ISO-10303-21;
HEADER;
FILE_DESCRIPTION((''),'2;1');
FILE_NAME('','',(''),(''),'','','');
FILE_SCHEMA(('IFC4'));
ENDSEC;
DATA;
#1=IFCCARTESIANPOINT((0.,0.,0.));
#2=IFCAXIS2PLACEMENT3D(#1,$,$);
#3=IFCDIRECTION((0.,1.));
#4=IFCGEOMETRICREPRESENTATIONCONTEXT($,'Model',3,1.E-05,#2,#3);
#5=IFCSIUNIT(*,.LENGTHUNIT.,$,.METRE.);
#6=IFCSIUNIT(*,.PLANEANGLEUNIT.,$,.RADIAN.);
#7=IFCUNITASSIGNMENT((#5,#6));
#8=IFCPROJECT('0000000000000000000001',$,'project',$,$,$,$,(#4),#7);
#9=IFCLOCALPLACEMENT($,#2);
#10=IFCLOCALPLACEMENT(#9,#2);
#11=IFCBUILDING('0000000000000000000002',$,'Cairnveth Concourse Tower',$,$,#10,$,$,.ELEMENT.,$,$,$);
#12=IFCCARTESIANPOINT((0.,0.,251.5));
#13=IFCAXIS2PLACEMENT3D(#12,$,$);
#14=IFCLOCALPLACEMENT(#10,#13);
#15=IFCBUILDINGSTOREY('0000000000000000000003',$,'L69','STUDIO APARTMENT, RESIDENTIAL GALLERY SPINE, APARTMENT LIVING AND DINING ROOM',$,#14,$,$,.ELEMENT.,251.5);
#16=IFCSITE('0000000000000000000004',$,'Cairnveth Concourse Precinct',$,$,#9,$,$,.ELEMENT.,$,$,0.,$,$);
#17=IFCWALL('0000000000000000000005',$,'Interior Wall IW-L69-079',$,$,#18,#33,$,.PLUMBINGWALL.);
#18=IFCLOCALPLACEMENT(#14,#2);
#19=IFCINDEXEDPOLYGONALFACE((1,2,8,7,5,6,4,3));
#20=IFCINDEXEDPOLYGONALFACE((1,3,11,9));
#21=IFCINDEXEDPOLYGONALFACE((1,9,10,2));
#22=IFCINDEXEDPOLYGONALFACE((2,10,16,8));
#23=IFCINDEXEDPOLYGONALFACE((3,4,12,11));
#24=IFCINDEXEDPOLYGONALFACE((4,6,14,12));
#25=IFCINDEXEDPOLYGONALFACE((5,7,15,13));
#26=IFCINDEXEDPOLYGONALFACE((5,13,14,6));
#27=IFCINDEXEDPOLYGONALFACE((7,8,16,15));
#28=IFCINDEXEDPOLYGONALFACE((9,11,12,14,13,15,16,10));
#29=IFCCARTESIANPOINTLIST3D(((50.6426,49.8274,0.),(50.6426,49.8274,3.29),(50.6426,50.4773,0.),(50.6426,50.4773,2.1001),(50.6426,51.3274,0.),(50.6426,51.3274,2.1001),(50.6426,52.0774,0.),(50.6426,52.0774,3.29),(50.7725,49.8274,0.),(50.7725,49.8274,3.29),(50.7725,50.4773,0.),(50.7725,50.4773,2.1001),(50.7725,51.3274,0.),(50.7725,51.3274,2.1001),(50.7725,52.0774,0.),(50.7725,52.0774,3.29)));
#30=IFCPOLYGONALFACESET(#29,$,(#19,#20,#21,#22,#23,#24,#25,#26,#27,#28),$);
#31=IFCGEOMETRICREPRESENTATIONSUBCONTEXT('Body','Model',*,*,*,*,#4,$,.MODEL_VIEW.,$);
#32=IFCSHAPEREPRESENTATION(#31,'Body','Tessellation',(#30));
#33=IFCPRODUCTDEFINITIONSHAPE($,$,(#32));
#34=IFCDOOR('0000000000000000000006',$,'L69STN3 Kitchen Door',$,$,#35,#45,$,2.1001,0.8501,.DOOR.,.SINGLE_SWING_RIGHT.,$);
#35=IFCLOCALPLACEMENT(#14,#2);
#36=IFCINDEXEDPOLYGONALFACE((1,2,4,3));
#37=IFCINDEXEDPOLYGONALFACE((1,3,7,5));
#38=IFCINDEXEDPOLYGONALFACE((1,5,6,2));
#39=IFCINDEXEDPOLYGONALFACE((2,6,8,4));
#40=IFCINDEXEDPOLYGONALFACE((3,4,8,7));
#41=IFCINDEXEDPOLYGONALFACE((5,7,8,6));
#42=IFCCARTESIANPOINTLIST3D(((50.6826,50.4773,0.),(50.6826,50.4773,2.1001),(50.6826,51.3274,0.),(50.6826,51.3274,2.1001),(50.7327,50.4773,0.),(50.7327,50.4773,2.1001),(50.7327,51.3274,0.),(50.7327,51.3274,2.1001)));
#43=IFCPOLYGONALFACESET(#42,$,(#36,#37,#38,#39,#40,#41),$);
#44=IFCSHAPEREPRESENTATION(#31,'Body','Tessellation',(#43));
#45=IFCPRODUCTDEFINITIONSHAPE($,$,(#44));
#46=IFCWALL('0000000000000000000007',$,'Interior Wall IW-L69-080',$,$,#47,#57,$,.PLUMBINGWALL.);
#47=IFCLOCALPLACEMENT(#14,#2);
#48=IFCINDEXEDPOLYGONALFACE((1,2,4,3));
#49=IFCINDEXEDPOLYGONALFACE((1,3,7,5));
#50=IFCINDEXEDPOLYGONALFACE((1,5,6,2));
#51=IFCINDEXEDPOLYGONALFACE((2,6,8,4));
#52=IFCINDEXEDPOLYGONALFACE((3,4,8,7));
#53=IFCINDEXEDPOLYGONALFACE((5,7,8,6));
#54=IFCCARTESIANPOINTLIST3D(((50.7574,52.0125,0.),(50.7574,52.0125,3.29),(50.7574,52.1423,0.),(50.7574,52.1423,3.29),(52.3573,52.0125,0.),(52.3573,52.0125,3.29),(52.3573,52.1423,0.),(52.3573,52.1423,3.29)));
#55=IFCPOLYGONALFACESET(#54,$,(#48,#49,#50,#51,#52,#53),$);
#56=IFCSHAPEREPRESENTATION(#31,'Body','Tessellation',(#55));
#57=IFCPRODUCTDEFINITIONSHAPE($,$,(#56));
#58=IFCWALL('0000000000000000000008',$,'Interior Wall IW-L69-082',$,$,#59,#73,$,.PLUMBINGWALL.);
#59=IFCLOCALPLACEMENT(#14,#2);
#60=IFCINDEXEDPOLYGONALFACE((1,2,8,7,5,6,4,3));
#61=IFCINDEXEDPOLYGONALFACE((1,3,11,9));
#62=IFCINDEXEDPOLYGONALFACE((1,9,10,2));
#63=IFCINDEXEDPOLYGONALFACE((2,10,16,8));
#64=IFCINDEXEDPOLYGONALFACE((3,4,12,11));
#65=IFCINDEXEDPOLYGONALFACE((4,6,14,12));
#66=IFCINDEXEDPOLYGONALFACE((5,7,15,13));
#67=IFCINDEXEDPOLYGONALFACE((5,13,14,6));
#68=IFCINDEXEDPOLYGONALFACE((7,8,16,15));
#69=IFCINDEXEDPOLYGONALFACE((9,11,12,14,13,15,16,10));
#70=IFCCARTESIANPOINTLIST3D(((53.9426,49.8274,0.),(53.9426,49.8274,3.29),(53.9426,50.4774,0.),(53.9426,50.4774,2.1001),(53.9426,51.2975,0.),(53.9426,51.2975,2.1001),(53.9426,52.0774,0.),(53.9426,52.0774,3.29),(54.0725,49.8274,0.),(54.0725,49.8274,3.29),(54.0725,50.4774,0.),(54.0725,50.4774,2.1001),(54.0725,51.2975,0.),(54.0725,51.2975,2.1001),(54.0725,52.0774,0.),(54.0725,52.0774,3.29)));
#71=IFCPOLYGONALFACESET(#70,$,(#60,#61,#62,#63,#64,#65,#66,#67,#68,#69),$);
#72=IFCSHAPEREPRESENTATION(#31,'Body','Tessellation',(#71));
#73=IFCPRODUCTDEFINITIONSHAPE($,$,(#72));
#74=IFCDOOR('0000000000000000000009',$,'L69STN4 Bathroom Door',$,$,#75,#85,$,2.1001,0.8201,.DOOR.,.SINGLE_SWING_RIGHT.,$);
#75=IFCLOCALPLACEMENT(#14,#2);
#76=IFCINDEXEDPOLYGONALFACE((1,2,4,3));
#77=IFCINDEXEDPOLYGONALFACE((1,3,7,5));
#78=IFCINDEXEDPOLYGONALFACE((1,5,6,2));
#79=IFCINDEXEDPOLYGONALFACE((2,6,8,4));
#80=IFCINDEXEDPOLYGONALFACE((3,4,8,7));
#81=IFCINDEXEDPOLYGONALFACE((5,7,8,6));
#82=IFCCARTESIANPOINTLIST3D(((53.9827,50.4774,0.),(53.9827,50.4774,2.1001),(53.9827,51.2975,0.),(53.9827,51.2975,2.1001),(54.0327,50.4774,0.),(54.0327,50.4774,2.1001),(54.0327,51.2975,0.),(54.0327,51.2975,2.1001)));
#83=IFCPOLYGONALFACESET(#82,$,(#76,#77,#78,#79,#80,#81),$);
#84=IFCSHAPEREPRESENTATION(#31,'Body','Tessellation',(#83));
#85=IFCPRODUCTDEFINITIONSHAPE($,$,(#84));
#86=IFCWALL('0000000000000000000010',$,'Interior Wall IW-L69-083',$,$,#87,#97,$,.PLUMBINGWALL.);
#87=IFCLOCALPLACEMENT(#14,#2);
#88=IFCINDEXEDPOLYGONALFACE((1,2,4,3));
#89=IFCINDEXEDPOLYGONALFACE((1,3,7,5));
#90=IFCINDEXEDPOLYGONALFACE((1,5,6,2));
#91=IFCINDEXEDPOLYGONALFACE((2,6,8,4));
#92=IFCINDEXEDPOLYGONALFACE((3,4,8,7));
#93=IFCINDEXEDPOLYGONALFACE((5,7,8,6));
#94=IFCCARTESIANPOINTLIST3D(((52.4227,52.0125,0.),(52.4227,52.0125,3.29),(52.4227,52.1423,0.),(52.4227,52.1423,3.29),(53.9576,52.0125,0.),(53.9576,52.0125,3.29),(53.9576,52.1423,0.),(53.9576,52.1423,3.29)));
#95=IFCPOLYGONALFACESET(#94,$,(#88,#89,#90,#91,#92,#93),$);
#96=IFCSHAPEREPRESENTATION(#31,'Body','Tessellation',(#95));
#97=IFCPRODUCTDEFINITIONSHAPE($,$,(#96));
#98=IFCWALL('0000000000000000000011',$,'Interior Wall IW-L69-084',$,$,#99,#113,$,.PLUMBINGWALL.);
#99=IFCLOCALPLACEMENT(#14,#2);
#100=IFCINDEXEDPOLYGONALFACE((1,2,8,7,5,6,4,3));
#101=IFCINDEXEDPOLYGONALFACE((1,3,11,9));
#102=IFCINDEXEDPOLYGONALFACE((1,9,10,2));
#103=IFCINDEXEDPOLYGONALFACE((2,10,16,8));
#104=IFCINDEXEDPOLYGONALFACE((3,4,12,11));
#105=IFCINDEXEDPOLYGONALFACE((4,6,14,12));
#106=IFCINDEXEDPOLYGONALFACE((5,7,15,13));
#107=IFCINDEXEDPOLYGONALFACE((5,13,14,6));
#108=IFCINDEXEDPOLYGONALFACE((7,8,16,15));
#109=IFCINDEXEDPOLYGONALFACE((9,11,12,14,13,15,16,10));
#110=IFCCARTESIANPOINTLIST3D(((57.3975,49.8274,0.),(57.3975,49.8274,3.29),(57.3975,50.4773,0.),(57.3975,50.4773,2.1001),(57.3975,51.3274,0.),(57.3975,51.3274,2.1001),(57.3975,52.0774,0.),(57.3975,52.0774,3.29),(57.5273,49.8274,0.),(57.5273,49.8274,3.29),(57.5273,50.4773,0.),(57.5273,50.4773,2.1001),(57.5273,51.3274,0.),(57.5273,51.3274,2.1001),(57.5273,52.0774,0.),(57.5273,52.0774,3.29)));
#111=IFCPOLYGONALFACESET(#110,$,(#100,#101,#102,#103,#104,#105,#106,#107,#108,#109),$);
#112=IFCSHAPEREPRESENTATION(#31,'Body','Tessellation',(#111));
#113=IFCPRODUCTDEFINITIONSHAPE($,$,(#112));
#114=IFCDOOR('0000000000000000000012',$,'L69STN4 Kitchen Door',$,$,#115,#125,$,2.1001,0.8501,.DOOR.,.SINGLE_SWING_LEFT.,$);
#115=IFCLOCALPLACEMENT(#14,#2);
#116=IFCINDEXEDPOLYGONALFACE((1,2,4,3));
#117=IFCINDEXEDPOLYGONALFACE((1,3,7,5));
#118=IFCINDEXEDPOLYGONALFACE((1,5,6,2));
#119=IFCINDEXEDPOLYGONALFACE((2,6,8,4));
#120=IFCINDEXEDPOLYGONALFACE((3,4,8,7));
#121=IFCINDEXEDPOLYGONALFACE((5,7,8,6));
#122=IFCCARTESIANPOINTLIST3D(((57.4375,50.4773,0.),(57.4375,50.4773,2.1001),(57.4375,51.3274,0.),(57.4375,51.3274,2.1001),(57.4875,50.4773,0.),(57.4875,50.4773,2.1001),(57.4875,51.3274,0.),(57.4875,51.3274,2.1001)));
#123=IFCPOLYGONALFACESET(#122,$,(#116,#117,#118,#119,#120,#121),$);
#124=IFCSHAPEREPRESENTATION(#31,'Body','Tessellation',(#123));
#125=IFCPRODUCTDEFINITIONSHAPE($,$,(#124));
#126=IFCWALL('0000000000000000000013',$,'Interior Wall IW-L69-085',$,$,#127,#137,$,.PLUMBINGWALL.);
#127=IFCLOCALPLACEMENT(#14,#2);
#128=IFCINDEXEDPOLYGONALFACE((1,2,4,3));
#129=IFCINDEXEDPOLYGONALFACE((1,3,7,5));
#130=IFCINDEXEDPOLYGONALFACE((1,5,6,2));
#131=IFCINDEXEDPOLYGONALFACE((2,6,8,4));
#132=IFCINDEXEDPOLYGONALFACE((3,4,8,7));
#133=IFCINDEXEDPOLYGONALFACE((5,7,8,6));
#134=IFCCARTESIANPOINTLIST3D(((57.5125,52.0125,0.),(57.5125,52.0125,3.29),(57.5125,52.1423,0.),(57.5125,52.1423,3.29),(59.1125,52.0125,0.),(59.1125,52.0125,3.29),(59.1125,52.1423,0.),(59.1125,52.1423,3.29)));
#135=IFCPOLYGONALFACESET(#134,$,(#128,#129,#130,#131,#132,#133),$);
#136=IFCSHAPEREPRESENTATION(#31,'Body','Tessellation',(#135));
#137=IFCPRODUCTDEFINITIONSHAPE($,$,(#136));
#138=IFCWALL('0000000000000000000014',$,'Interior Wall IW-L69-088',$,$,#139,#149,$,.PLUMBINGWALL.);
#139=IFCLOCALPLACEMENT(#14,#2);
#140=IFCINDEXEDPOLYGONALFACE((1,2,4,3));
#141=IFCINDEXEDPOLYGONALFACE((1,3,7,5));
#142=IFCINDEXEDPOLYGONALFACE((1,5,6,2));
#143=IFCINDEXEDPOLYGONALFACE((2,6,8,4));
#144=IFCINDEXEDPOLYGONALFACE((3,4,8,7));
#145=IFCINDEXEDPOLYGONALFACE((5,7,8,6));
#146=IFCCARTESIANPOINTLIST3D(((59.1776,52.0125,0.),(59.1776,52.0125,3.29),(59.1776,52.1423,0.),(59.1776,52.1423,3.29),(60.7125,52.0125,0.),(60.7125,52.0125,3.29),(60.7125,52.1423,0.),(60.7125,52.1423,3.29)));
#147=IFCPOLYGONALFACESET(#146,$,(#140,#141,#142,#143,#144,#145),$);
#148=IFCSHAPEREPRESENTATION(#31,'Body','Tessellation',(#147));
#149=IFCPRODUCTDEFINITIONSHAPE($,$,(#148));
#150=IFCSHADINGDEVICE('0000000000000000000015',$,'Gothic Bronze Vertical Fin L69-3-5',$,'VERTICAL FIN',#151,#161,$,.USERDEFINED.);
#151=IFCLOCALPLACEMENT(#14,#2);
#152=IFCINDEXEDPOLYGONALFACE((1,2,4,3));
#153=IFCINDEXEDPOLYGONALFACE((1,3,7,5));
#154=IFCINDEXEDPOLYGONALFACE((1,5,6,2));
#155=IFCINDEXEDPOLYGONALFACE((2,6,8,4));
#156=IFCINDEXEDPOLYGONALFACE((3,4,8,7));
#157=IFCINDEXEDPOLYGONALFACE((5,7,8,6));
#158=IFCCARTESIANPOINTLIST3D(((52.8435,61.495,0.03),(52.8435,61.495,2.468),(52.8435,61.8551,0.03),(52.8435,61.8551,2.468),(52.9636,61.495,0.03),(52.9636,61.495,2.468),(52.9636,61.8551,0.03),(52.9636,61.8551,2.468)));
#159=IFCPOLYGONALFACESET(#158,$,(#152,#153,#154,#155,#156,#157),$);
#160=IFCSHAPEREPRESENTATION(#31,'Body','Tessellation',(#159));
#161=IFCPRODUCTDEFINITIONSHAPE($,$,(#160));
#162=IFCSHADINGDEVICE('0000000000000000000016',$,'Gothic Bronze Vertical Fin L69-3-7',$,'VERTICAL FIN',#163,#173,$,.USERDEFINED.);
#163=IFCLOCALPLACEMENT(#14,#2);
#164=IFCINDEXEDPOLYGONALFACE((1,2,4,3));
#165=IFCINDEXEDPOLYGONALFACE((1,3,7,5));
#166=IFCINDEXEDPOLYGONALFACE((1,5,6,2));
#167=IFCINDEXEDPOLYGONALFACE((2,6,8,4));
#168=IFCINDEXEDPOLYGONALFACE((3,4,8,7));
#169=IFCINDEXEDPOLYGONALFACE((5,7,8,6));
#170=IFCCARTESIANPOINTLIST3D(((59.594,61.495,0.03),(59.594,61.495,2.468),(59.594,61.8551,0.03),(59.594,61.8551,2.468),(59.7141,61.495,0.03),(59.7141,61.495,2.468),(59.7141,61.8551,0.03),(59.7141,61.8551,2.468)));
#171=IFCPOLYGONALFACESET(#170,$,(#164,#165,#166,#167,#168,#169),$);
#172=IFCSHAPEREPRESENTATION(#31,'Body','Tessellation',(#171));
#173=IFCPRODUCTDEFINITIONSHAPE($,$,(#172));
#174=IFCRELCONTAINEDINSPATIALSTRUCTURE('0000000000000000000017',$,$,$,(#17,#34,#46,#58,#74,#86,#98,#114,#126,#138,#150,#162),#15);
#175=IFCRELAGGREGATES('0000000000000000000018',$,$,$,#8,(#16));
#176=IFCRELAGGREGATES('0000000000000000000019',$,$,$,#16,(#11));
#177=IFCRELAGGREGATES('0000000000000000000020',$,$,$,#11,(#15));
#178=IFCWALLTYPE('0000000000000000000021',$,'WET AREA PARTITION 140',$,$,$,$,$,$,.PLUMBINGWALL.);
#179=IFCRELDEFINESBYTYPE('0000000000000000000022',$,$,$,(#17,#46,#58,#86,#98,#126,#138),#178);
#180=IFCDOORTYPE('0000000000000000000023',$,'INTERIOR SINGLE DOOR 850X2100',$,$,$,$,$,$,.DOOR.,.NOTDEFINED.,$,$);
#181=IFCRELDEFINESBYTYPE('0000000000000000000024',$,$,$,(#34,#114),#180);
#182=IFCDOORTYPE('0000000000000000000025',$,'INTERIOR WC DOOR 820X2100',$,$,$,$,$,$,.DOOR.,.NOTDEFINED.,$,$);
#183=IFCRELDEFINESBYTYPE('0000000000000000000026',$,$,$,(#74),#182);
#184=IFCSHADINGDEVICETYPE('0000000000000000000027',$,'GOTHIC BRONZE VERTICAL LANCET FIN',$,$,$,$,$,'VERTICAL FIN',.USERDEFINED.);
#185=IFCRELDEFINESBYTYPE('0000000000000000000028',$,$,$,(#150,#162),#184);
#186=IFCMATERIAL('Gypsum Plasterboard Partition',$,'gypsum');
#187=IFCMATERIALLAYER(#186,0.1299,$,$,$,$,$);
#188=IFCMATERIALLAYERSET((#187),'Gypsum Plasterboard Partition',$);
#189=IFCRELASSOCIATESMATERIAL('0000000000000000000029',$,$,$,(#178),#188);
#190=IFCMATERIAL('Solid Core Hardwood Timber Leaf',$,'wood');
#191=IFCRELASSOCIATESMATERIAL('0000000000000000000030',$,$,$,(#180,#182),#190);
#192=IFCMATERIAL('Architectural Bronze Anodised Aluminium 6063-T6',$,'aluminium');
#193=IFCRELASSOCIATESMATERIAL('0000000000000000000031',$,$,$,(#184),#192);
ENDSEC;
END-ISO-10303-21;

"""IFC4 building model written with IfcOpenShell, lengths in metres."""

from ifc_helpers import new_model, si_unit, direction, frame, frame_2d, origin, origin_2d, place, context, subcontext, project, spatial, rectangle, extrude, material, layer, layer_set, type_object, element, fill, save


model = new_model("IFC4")

# Units and contexts
model_context = context("Model", 3, precision=1e-05, world=origin(), true_north=direction((0.0, 1.0)))
body_context = subcontext(model_context, "Body", "Model", "MODEL_VIEW")
ifc_project = project(units=[si_unit("LENGTHUNIT", "METRE"), si_unit("PLANEANGLEUNIT", "RADIAN")], contexts=[model_context])

# Site, building, storey
site_placement = place(None, origin())
site = spatial("IfcSite", under=ifc_project, at=site_placement, Name="Cairnveth Concourse Precinct", CompositionType="ELEMENT", RefElevation=0.0)
building_placement = place(site_placement, origin())
building = spatial("IfcBuilding", under=site, at=building_placement, Name="Cairnveth Concourse Tower", CompositionType="ELEMENT")
storey_placement = place(building_placement, frame((0.0, 0.0, 251.5)))
storey = spatial("IfcBuildingStorey", under=building, at=storey_placement, Name="L69", Description="STUDIO APARTMENT, RESIDENTIAL GALLERY SPINE, APARTMENT LIVING AND DINING ROOM", CompositionType="ELEMENT", Elevation=251.5)

# Shared definitions
ifc_material_1 = material(Name="Gypsum Plasterboard Partition", Category="gypsum")

# Wall, opening, door
ifc_layer_1 = layer(ifc_material_1, 0.1299)
ifc_layer_set_1 = layer_set([ifc_layer_1], Name="Gypsum Plasterboard Partition")
wall_type_1 = type_object("IfcWallType", Name="WET AREA PARTITION 140", PredefinedType="PLUMBINGWALL", material=ifc_layer_set_1)
wall_1_placement = place(storey_placement, frame((50.7075, 49.8274, 0.0), z_axis=(0.0, 0.0, 1.0), x_axis=(0.0, 1.0, 0.0)))
wall_1 = element("IfcWall", 1, at=wall_1_placement, inside=storey, type_object=wall_type_1, Name="Interior Wall IW-L69-079", PredefinedType="PLUMBINGWALL", context=body_context, shape_type="SweptSolid", body=[
    extrude(rectangle(XDim=2.25, YDim=0.1299, at=frame_2d((1.125, 0.0))), origin(), (0.0, 0.0, 1.0), 3.29),
])
opening_1_placement = place(wall_1_placement, frame((0.6499, 0.0, 0.0)))
opening_1 = element("IfcOpeningElement", 2, at=opening_1_placement, cuts=wall_1, PredefinedType="OPENING", context=body_context, shape_type="SweptSolid", body=[
    extrude(rectangle(XDim=0.8501, YDim=2.1001, at=frame_2d((0.425, 1.05))), frame((0.0, 0.075, 0.0), z_axis=(0.0, -1.0, 0.0), x_axis=(1.0, 0.0, 0.0)), (0.0, 0.0, 1.0), 0.1499),
])
ifc_material_2 = material(Name="Solid Core Hardwood Timber Leaf", Category="wood")
door_type_1 = type_object("IfcDoorType", Name="INTERIOR SINGLE DOOR 850X2100", OperationType="NOTDEFINED", PredefinedType="DOOR", material=ifc_material_2)
door_1_placement = place(opening_1_placement, origin())
door_1 = element("IfcDoor", 3, at=door_1_placement, inside=storey, type_object=door_type_1, Name="L69STN3 Kitchen Door", OperationType="SINGLE_SWING_RIGHT", OverallHeight=2.1001, OverallWidth=0.8501, PredefinedType="DOOR", context=body_context, shape_type="SweptSolid", body=[
    extrude(rectangle(XDim=0.8501, YDim=2.1001, at=frame_2d((0.425, 1.05))), frame((0.0, 0.0249, 0.0), z_axis=(0.0, -1.0, 0.0), x_axis=(1.0, 0.0, 0.0)), (0.0, 0.0, 1.0), 0.05),
])
fill(opening_1, door_1)

# Wall
wall_2_placement = place(storey_placement, frame((50.7576, 52.0774, 0.0), z_axis=(0.0, 0.0, 1.0), x_axis=(1.0, 0.0, 0.0)))
element("IfcWall", 4, at=wall_2_placement, inside=storey, type_object=wall_type_1, Name="Interior Wall IW-L69-080", PredefinedType="PLUMBINGWALL", context=body_context, shape_type="SweptSolid", body=[
    extrude(rectangle(XDim=1.5999, YDim=0.1299, at=frame_2d((0.7998, 0.0))), origin(), (0.0, 0.0, 1.0), 3.29),
])

# Wall, opening, door
wall_3_placement = place(storey_placement, frame((54.0076, 49.8274, 0.0), z_axis=(0.0, 0.0, 1.0), x_axis=(0.0, 1.0, 0.0)))
wall_3 = element("IfcWall", 5, at=wall_3_placement, inside=storey, type_object=wall_type_1, Name="Interior Wall IW-L69-082", PredefinedType="PLUMBINGWALL", context=body_context, shape_type="SweptSolid", body=[
    extrude(rectangle(XDim=2.25, YDim=0.1299, at=frame_2d((1.125, 0.0))), origin(), (0.0, 0.0, 1.0), 3.29),
])
opening_2_placement = place(wall_3_placement, frame((0.6499, 0.0, 0.0)))
opening_2 = element("IfcOpeningElement", 6, at=opening_2_placement, cuts=wall_3, PredefinedType="OPENING", context=body_context, shape_type="SweptSolid", body=[
    extrude(rectangle(XDim=0.8201, YDim=2.1001, at=frame_2d((0.4102, 1.05))), frame((0.0, 0.075, 0.0), z_axis=(0.0, -1.0, 0.0), x_axis=(1.0, 0.0, 0.0)), (0.0, 0.0, 1.0), 0.1499),
])
door_type_2 = type_object("IfcDoorType", Name="INTERIOR WC DOOR 820X2100", OperationType="NOTDEFINED", PredefinedType="DOOR", material=ifc_material_2)
door_2_placement = place(opening_2_placement, origin())
door_2 = element("IfcDoor", 7, at=door_2_placement, inside=storey, type_object=door_type_2, Name="L69STN4 Bathroom Door", OperationType="SINGLE_SWING_RIGHT", OverallHeight=2.1001, OverallWidth=0.8201, PredefinedType="DOOR", context=body_context, shape_type="SweptSolid", body=[
    extrude(rectangle(XDim=0.8201, YDim=2.1001, at=frame_2d((0.4102, 1.05))), frame((0.0, 0.0249, 0.0), z_axis=(0.0, -1.0, 0.0), x_axis=(1.0, 0.0, 0.0)), (0.0, 0.0, 1.0), 0.05),
])
fill(opening_2, door_2)

# Wall
wall_4_placement = place(storey_placement, frame((52.4226, 52.0774, 0.0), z_axis=(0.0, 0.0, 1.0), x_axis=(1.0, 0.0, 0.0)))
element("IfcWall", 8, at=wall_4_placement, inside=storey, type_object=wall_type_1, Name="Interior Wall IW-L69-083", PredefinedType="PLUMBINGWALL", context=body_context, shape_type="SweptSolid", body=[
    extrude(rectangle(XDim=1.5349, YDim=0.1299, at=frame_2d((0.7676, 0.0))), origin(), (0.0, 0.0, 1.0), 3.29),
])

# Wall, opening, door
wall_5_placement = place(storey_placement, frame((57.4624, 49.8274, 0.0), z_axis=(0.0, 0.0, 1.0), x_axis=(0.0, 1.0, 0.0)))
wall_5 = element("IfcWall", 9, at=wall_5_placement, inside=storey, type_object=wall_type_1, Name="Interior Wall IW-L69-084", PredefinedType="PLUMBINGWALL", context=body_context, shape_type="SweptSolid", body=[
    extrude(rectangle(XDim=2.25, YDim=0.1299, at=frame_2d((1.125, 0.0))), origin(), (0.0, 0.0, 1.0), 3.29),
])
opening_3_placement = place(wall_5_placement, frame((0.6499, 0.0, 0.0)))
opening_3 = element("IfcOpeningElement", 10, at=opening_3_placement, cuts=wall_5, PredefinedType="OPENING", context=body_context, shape_type="SweptSolid", body=[
    extrude(rectangle(XDim=0.8501, YDim=2.1001, at=frame_2d((0.425, 1.05))), frame((0.0, 0.075, 0.0), z_axis=(0.0, -1.0, 0.0), x_axis=(1.0, 0.0, 0.0)), (0.0, 0.0, 1.0), 0.1499),
])
door_3_placement = place(opening_3_placement, origin())
door_3 = element("IfcDoor", 11, at=door_3_placement, inside=storey, type_object=door_type_1, Name="L69STN4 Kitchen Door", OperationType="SINGLE_SWING_LEFT", OverallHeight=2.1001, OverallWidth=0.8501, PredefinedType="DOOR", context=body_context, shape_type="SweptSolid", body=[
    extrude(rectangle(XDim=0.8501, YDim=2.1001, at=frame_2d((0.425, 1.05))), frame((0.0, 0.0249, 0.0), z_axis=(0.0, -1.0, 0.0), x_axis=(1.0, 0.0, 0.0)), (0.0, 0.0, 1.0), 0.05),
])
fill(opening_3, door_3)

# Walls
wall_6_placement = place(storey_placement, frame((57.5125, 52.0774, 0.0), z_axis=(0.0, 0.0, 1.0), x_axis=(1.0, 0.0, 0.0)))
element("IfcWall", 12, at=wall_6_placement, inside=storey, type_object=wall_type_1, Name="Interior Wall IW-L69-085", PredefinedType="PLUMBINGWALL", context=body_context, shape_type="SweptSolid", body=[
    extrude(rectangle(XDim=1.6001, YDim=0.1299, at=frame_2d((0.8, 0.0))), origin(), (0.0, 0.0, 1.0), 3.29),
])
wall_7_placement = place(storey_placement, frame((59.1775, 52.0774, 0.0), z_axis=(0.0, 0.0, 1.0), x_axis=(1.0, 0.0, 0.0)))
element("IfcWall", 13, at=wall_7_placement, inside=storey, type_object=wall_type_1, Name="Interior Wall IW-L69-088", PredefinedType="PLUMBINGWALL", context=body_context, shape_type="SweptSolid", body=[
    extrude(rectangle(XDim=1.5349, YDim=0.1299, at=frame_2d((0.7676, 0.0))), origin(), (0.0, 0.0, 1.0), 3.29),
])

# Shading devices
ifc_material_3 = material(Name="Architectural Bronze Anodised Aluminium 6063-T6", Category="aluminium")
shading_device_type = type_object("IfcShadingDeviceType", Name="GOTHIC BRONZE VERTICAL LANCET FIN", ElementType="VERTICAL FIN", PredefinedType="USERDEFINED", material=ifc_material_3)
for number, where, z_axis, x_axis, name in (
    (14, (52.9036, 61.675, 0.03), (0.0, 0.0, 1.0), (1.0, 0.0, 0.0), "Gothic Bronze Vertical Fin L69-3-5"),
    (15, (59.6541, 61.675, 0.03), (0.0, 0.0, 1.0), (1.0, 0.0, 0.0), "Gothic Bronze Vertical Fin L69-3-7"),
):
    element("IfcShadingDevice", number, at=place(storey_placement, frame(where, z_axis=z_axis, x_axis=x_axis)), inside=storey, type_object=shading_device_type, Name=name, ObjectType="VERTICAL FIN", PredefinedType="USERDEFINED", context=body_context, shape_type="SweptSolid", body=[
        extrude(rectangle(XDim=0.1201, YDim=0.3601, at=origin_2d()), origin(), (0.0, 0.0, 1.0), 2.438),
    ])

save(model, "model.ifc")
